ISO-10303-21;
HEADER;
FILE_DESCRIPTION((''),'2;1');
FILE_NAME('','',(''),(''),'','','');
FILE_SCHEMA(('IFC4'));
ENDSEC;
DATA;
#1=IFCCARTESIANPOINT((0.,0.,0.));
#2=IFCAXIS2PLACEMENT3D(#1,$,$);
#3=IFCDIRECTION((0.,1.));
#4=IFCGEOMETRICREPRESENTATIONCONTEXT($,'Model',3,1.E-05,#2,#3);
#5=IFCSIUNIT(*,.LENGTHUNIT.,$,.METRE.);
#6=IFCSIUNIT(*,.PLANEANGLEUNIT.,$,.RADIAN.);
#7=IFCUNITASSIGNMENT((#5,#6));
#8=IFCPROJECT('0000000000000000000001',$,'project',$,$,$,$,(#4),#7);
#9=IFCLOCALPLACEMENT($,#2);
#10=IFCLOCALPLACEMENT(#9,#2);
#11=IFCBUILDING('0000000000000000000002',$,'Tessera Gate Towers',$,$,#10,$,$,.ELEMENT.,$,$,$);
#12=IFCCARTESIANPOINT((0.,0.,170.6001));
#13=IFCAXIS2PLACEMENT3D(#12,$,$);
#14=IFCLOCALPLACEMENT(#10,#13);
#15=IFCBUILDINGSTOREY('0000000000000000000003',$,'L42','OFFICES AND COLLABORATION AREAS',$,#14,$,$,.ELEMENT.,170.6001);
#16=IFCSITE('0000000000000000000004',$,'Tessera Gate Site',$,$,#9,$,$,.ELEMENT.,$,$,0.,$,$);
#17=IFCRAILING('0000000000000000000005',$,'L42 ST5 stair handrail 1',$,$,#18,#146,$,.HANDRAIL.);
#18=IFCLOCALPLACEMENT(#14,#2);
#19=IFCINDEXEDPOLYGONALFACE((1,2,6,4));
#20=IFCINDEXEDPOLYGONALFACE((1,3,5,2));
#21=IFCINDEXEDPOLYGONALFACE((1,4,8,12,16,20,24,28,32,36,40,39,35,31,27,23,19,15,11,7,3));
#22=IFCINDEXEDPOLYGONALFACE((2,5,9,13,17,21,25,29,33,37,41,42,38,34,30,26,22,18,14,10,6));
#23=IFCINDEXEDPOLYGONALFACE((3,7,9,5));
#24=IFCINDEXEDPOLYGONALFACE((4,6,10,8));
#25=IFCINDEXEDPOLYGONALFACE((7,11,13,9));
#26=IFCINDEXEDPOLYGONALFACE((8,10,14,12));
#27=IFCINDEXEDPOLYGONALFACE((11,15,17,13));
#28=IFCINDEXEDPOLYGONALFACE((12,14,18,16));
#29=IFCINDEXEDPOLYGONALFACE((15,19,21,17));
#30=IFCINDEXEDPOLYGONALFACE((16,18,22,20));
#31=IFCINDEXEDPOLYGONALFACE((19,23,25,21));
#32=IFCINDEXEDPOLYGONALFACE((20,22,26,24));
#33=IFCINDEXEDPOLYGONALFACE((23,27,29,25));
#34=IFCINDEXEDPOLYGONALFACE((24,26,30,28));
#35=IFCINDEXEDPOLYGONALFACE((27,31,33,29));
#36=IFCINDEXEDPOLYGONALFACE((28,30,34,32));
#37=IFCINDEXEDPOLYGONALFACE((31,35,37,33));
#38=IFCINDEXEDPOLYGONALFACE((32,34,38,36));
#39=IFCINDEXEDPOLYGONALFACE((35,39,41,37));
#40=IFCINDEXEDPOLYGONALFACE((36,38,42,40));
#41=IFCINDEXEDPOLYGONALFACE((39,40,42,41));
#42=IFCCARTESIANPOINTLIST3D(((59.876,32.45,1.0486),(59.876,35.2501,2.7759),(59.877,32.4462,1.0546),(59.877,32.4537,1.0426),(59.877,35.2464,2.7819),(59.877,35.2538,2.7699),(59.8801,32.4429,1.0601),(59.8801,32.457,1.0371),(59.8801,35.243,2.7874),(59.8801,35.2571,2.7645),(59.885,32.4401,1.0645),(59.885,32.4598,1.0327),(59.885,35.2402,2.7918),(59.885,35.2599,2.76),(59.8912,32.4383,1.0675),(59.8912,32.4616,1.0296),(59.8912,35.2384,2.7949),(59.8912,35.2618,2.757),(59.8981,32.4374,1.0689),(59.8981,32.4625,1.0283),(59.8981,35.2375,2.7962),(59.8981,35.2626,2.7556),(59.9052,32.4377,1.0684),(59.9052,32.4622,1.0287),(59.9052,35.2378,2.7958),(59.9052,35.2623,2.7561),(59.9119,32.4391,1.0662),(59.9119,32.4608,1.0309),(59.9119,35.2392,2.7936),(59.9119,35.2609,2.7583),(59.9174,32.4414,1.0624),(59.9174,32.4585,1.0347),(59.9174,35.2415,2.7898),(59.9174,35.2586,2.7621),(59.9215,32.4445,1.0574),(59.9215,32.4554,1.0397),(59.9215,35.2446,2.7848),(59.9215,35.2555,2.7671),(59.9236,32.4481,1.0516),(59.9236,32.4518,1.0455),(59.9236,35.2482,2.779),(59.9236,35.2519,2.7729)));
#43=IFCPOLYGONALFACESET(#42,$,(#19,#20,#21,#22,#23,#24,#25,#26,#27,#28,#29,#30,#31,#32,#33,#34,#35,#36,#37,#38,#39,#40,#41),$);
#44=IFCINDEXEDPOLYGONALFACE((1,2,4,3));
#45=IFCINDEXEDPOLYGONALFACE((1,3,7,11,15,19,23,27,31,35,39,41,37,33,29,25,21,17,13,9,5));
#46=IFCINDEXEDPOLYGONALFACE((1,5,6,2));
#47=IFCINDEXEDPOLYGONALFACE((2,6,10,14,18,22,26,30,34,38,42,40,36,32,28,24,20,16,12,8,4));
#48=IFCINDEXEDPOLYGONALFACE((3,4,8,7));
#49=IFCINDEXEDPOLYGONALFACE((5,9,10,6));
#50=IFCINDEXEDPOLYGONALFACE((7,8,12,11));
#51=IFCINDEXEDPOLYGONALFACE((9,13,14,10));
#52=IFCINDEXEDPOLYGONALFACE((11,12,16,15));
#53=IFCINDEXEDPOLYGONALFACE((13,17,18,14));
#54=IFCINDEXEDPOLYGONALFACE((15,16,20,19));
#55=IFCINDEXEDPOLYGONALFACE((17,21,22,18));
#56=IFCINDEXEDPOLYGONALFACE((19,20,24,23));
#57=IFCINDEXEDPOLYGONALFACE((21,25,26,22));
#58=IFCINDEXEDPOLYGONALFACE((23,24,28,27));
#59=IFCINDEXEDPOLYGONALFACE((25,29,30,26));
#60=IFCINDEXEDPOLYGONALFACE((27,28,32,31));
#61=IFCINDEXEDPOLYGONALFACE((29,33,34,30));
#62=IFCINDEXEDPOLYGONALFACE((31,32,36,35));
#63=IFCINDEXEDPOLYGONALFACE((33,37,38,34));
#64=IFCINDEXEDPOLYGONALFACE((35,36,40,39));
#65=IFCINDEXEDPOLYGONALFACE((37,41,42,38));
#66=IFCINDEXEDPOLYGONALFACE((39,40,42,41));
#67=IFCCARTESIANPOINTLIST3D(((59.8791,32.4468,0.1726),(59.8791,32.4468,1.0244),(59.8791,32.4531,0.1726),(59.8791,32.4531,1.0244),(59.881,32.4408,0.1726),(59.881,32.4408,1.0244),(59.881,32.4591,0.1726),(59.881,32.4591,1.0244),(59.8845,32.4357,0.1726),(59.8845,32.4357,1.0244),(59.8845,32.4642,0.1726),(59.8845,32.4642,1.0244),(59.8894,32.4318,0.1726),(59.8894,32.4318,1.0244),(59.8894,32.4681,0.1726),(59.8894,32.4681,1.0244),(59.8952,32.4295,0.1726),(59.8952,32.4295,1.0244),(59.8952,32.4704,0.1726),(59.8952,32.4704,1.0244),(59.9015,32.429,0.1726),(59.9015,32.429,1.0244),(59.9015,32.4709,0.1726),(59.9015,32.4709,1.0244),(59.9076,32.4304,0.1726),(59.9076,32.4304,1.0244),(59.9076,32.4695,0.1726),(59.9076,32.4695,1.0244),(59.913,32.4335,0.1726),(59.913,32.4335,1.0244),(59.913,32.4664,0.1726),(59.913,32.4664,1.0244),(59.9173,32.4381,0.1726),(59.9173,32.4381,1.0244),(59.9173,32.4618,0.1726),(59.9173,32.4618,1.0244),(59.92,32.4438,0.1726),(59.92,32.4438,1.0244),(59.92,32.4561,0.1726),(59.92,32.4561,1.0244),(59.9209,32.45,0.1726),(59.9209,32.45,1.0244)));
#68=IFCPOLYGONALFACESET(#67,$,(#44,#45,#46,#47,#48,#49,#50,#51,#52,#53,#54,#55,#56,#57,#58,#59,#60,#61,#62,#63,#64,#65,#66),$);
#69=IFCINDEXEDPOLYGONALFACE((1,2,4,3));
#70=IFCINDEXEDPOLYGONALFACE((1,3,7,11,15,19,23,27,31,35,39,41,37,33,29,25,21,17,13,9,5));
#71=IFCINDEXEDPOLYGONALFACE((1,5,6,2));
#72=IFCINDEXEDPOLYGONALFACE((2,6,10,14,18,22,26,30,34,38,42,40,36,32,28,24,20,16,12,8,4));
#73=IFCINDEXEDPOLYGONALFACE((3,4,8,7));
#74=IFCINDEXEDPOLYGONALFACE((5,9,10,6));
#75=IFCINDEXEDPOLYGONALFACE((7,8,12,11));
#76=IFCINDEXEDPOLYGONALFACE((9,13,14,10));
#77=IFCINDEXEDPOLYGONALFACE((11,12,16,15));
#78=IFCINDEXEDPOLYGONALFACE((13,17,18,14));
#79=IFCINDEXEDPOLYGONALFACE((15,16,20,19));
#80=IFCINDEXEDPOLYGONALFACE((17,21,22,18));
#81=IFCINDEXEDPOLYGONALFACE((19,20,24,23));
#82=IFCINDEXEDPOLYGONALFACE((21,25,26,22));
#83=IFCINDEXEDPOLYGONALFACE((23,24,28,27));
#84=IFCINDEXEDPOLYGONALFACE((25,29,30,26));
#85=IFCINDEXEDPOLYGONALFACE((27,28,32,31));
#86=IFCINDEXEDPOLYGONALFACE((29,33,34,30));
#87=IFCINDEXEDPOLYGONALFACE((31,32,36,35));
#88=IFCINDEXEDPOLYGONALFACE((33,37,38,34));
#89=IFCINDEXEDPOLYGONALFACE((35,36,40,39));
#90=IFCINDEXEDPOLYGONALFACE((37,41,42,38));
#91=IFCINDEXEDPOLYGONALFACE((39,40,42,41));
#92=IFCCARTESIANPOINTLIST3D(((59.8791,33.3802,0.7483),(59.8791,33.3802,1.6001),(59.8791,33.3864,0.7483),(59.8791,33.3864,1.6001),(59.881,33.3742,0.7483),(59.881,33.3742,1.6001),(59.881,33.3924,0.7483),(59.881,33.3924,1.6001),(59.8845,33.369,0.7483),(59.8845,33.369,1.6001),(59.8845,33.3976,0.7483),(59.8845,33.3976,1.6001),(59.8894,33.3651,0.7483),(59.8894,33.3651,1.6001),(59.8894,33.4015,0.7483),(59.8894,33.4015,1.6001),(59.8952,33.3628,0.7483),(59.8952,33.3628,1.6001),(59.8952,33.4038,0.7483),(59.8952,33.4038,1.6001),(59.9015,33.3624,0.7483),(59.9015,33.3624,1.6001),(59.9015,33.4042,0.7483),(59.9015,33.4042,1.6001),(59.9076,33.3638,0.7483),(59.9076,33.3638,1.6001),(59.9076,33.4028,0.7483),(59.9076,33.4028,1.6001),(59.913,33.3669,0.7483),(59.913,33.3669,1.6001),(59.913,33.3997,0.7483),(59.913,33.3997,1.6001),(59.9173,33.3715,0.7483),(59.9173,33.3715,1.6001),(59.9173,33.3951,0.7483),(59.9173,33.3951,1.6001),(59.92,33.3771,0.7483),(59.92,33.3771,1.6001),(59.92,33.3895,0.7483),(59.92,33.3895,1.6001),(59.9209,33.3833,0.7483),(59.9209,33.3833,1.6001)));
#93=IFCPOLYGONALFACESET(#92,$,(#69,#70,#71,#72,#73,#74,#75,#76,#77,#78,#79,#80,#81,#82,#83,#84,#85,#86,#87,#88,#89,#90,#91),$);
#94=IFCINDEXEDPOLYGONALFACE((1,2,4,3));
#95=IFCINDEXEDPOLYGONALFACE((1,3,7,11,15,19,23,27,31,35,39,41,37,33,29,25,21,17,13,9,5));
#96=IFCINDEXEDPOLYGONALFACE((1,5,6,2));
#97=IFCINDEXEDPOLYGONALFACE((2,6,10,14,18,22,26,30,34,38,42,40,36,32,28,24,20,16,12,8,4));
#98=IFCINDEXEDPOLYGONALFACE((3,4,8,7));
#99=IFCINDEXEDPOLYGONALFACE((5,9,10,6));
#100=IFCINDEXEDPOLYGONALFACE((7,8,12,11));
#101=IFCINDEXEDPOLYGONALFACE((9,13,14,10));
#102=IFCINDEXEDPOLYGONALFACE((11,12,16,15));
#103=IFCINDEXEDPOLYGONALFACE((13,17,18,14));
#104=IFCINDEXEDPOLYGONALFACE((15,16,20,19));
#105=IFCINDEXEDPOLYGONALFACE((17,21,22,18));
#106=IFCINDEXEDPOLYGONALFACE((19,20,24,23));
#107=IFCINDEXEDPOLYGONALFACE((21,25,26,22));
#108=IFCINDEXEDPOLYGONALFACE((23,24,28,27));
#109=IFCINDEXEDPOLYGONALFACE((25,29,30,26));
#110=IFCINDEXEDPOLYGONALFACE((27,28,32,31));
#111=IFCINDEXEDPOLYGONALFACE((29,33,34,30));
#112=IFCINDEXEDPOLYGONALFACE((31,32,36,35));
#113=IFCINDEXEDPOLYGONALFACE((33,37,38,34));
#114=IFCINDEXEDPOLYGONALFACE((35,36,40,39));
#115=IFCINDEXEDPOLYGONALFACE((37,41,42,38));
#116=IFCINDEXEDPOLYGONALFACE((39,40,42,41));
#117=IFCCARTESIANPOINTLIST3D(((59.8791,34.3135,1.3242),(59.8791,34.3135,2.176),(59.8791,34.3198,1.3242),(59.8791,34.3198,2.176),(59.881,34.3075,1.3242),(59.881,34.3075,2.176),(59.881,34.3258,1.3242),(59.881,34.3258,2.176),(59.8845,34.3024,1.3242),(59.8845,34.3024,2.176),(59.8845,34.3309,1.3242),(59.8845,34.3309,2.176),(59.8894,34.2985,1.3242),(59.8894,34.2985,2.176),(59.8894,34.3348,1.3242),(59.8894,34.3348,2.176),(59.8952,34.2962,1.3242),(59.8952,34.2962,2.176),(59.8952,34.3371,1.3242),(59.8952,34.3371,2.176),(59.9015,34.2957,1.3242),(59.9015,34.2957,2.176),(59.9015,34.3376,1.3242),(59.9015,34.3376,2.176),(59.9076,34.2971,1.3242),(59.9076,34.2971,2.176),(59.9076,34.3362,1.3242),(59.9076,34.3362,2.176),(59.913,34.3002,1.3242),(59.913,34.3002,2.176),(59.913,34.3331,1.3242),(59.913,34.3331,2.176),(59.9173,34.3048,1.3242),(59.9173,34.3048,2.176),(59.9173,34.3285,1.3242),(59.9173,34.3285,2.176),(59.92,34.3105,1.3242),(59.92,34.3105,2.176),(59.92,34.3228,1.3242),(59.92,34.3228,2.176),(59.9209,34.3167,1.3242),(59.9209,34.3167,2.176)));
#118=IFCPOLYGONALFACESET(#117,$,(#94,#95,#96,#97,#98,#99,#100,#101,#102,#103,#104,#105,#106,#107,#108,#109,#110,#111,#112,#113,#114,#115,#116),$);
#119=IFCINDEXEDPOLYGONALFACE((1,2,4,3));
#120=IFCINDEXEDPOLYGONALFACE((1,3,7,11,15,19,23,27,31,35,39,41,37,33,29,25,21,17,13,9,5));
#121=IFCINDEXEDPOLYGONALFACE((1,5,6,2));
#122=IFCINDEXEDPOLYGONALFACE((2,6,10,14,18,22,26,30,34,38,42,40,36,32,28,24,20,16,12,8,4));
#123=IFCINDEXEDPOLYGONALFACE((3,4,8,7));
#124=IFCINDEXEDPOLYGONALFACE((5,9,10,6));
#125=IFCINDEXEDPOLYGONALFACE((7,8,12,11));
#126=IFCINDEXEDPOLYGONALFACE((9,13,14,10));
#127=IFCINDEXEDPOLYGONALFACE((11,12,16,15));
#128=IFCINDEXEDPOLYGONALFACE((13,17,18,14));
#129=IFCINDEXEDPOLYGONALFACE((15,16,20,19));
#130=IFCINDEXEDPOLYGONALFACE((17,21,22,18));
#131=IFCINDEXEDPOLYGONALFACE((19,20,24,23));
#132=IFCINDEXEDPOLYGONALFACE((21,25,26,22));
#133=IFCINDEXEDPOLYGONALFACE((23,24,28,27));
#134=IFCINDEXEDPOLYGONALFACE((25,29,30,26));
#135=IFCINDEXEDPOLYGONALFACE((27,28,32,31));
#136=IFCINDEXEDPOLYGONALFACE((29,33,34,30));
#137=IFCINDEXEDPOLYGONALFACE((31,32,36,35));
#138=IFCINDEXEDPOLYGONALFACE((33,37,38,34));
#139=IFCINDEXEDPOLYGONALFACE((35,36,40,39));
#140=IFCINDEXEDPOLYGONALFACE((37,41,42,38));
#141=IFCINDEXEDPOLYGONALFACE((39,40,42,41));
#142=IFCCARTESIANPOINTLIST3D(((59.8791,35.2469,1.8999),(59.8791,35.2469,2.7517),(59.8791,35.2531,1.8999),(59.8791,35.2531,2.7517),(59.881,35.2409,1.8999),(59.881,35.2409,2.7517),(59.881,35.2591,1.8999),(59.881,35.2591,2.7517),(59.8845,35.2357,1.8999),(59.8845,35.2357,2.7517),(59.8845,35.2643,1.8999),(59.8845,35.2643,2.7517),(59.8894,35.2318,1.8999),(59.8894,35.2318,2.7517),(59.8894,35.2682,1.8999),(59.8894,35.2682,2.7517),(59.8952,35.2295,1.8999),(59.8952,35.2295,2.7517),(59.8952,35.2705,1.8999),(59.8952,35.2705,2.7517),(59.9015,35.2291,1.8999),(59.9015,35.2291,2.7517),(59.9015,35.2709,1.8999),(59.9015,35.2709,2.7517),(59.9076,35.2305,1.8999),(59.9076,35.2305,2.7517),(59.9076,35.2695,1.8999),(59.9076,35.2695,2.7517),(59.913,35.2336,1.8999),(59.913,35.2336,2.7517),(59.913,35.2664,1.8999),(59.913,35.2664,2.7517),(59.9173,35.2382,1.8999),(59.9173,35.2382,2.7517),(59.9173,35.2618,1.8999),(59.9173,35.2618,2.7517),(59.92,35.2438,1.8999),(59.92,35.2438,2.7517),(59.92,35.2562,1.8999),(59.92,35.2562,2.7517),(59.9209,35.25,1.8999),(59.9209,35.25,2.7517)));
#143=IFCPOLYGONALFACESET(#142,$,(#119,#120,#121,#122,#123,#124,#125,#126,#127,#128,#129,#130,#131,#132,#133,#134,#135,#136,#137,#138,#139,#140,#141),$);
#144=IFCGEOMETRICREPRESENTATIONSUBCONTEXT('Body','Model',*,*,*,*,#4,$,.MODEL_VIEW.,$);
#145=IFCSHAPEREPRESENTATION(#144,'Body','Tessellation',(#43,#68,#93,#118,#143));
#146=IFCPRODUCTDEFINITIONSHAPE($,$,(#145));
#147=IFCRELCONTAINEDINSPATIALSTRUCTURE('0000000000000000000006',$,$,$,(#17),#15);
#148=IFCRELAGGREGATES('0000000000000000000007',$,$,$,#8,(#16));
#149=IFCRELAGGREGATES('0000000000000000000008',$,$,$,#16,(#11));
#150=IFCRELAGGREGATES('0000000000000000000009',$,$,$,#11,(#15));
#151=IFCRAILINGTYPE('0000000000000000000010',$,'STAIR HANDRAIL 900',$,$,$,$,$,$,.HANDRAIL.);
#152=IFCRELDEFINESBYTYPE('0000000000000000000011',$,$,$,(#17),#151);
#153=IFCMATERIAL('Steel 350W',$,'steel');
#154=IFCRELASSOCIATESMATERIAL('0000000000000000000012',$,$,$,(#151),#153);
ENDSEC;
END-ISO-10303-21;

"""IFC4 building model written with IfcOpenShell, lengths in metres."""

from ifc_helpers import new_model, si_unit, direction, frame, origin, origin_2d, place, context, subcontext, project, spatial, circle, extrude, material, type_object, element, save


model = new_model("IFC4")

# Units and contexts
model_context = context("Model", 3, precision=1e-05, world=origin(), true_north=direction((0.0, 1.0)))
body_context = subcontext(model_context, "Body", "Model", "MODEL_VIEW")
ifc_project = project(units=[si_unit("LENGTHUNIT", "METRE"), si_unit("PLANEANGLEUNIT", "RADIAN")], contexts=[model_context])

# Site, building, storey
site_placement = place(None, origin())
site = spatial("IfcSite", under=ifc_project, at=site_placement, Name="Tessera Gate Site", CompositionType="ELEMENT", RefElevation=0.0)
building_placement = place(site_placement, origin())
building = spatial("IfcBuilding", under=site, at=building_placement, Name="Tessera Gate Towers", CompositionType="ELEMENT")
storey_placement = place(building_placement, frame((0.0, 0.0, 170.6001)))
storey = spatial("IfcBuildingStorey", under=building, at=storey_placement, Name="L42", Description="OFFICES AND COLLABORATION AREAS", CompositionType="ELEMENT", Elevation=170.6001)

# Railing
ifc_material_1 = material(Name="Steel 350W", Category="steel")
railing_type_1 = type_object("IfcRailingType", Name="STAIR HANDRAIL 900", PredefinedType="HANDRAIL", material=ifc_material_1)
railing_1_placement = place(storey_placement, frame((59.8999, 32.45, 0.1726)))
element("IfcRailing", 1, at=railing_1_placement, inside=storey, type_object=railing_type_1, Name="L42 ST5 stair handrail 1", PredefinedType="HANDRAIL", context=body_context, shape_type="SweptSolid", body=[
    extrude(circle(Radius=0.0239, at=origin_2d()), frame((0.0, 0.0, 0.876), z_axis=(0.0, 0.85109, 0.52502), x_axis=(-1.0, 0.0, 0.0)), (0.0, 0.0, 1.0), 3.29),
    extrude(circle(Radius=0.021, at=origin_2d()), origin(), (0.0, 0.0, 1.0), 0.8518),
    extrude(circle(Radius=0.021, at=origin_2d()), frame((0.0, 0.9333, 0.5757)), (0.0, 0.0, 1.0), 0.8518),
    extrude(circle(Radius=0.021, at=origin_2d()), frame((0.0, 1.8667, 1.1516)), (0.0, 0.0, 1.0), 0.8518),
    extrude(circle(Radius=0.021, at=origin_2d()), frame((0.0, 2.8, 1.7273)), (0.0, 0.0, 1.0), 0.8518),
])

save(model, "model.ifc")
